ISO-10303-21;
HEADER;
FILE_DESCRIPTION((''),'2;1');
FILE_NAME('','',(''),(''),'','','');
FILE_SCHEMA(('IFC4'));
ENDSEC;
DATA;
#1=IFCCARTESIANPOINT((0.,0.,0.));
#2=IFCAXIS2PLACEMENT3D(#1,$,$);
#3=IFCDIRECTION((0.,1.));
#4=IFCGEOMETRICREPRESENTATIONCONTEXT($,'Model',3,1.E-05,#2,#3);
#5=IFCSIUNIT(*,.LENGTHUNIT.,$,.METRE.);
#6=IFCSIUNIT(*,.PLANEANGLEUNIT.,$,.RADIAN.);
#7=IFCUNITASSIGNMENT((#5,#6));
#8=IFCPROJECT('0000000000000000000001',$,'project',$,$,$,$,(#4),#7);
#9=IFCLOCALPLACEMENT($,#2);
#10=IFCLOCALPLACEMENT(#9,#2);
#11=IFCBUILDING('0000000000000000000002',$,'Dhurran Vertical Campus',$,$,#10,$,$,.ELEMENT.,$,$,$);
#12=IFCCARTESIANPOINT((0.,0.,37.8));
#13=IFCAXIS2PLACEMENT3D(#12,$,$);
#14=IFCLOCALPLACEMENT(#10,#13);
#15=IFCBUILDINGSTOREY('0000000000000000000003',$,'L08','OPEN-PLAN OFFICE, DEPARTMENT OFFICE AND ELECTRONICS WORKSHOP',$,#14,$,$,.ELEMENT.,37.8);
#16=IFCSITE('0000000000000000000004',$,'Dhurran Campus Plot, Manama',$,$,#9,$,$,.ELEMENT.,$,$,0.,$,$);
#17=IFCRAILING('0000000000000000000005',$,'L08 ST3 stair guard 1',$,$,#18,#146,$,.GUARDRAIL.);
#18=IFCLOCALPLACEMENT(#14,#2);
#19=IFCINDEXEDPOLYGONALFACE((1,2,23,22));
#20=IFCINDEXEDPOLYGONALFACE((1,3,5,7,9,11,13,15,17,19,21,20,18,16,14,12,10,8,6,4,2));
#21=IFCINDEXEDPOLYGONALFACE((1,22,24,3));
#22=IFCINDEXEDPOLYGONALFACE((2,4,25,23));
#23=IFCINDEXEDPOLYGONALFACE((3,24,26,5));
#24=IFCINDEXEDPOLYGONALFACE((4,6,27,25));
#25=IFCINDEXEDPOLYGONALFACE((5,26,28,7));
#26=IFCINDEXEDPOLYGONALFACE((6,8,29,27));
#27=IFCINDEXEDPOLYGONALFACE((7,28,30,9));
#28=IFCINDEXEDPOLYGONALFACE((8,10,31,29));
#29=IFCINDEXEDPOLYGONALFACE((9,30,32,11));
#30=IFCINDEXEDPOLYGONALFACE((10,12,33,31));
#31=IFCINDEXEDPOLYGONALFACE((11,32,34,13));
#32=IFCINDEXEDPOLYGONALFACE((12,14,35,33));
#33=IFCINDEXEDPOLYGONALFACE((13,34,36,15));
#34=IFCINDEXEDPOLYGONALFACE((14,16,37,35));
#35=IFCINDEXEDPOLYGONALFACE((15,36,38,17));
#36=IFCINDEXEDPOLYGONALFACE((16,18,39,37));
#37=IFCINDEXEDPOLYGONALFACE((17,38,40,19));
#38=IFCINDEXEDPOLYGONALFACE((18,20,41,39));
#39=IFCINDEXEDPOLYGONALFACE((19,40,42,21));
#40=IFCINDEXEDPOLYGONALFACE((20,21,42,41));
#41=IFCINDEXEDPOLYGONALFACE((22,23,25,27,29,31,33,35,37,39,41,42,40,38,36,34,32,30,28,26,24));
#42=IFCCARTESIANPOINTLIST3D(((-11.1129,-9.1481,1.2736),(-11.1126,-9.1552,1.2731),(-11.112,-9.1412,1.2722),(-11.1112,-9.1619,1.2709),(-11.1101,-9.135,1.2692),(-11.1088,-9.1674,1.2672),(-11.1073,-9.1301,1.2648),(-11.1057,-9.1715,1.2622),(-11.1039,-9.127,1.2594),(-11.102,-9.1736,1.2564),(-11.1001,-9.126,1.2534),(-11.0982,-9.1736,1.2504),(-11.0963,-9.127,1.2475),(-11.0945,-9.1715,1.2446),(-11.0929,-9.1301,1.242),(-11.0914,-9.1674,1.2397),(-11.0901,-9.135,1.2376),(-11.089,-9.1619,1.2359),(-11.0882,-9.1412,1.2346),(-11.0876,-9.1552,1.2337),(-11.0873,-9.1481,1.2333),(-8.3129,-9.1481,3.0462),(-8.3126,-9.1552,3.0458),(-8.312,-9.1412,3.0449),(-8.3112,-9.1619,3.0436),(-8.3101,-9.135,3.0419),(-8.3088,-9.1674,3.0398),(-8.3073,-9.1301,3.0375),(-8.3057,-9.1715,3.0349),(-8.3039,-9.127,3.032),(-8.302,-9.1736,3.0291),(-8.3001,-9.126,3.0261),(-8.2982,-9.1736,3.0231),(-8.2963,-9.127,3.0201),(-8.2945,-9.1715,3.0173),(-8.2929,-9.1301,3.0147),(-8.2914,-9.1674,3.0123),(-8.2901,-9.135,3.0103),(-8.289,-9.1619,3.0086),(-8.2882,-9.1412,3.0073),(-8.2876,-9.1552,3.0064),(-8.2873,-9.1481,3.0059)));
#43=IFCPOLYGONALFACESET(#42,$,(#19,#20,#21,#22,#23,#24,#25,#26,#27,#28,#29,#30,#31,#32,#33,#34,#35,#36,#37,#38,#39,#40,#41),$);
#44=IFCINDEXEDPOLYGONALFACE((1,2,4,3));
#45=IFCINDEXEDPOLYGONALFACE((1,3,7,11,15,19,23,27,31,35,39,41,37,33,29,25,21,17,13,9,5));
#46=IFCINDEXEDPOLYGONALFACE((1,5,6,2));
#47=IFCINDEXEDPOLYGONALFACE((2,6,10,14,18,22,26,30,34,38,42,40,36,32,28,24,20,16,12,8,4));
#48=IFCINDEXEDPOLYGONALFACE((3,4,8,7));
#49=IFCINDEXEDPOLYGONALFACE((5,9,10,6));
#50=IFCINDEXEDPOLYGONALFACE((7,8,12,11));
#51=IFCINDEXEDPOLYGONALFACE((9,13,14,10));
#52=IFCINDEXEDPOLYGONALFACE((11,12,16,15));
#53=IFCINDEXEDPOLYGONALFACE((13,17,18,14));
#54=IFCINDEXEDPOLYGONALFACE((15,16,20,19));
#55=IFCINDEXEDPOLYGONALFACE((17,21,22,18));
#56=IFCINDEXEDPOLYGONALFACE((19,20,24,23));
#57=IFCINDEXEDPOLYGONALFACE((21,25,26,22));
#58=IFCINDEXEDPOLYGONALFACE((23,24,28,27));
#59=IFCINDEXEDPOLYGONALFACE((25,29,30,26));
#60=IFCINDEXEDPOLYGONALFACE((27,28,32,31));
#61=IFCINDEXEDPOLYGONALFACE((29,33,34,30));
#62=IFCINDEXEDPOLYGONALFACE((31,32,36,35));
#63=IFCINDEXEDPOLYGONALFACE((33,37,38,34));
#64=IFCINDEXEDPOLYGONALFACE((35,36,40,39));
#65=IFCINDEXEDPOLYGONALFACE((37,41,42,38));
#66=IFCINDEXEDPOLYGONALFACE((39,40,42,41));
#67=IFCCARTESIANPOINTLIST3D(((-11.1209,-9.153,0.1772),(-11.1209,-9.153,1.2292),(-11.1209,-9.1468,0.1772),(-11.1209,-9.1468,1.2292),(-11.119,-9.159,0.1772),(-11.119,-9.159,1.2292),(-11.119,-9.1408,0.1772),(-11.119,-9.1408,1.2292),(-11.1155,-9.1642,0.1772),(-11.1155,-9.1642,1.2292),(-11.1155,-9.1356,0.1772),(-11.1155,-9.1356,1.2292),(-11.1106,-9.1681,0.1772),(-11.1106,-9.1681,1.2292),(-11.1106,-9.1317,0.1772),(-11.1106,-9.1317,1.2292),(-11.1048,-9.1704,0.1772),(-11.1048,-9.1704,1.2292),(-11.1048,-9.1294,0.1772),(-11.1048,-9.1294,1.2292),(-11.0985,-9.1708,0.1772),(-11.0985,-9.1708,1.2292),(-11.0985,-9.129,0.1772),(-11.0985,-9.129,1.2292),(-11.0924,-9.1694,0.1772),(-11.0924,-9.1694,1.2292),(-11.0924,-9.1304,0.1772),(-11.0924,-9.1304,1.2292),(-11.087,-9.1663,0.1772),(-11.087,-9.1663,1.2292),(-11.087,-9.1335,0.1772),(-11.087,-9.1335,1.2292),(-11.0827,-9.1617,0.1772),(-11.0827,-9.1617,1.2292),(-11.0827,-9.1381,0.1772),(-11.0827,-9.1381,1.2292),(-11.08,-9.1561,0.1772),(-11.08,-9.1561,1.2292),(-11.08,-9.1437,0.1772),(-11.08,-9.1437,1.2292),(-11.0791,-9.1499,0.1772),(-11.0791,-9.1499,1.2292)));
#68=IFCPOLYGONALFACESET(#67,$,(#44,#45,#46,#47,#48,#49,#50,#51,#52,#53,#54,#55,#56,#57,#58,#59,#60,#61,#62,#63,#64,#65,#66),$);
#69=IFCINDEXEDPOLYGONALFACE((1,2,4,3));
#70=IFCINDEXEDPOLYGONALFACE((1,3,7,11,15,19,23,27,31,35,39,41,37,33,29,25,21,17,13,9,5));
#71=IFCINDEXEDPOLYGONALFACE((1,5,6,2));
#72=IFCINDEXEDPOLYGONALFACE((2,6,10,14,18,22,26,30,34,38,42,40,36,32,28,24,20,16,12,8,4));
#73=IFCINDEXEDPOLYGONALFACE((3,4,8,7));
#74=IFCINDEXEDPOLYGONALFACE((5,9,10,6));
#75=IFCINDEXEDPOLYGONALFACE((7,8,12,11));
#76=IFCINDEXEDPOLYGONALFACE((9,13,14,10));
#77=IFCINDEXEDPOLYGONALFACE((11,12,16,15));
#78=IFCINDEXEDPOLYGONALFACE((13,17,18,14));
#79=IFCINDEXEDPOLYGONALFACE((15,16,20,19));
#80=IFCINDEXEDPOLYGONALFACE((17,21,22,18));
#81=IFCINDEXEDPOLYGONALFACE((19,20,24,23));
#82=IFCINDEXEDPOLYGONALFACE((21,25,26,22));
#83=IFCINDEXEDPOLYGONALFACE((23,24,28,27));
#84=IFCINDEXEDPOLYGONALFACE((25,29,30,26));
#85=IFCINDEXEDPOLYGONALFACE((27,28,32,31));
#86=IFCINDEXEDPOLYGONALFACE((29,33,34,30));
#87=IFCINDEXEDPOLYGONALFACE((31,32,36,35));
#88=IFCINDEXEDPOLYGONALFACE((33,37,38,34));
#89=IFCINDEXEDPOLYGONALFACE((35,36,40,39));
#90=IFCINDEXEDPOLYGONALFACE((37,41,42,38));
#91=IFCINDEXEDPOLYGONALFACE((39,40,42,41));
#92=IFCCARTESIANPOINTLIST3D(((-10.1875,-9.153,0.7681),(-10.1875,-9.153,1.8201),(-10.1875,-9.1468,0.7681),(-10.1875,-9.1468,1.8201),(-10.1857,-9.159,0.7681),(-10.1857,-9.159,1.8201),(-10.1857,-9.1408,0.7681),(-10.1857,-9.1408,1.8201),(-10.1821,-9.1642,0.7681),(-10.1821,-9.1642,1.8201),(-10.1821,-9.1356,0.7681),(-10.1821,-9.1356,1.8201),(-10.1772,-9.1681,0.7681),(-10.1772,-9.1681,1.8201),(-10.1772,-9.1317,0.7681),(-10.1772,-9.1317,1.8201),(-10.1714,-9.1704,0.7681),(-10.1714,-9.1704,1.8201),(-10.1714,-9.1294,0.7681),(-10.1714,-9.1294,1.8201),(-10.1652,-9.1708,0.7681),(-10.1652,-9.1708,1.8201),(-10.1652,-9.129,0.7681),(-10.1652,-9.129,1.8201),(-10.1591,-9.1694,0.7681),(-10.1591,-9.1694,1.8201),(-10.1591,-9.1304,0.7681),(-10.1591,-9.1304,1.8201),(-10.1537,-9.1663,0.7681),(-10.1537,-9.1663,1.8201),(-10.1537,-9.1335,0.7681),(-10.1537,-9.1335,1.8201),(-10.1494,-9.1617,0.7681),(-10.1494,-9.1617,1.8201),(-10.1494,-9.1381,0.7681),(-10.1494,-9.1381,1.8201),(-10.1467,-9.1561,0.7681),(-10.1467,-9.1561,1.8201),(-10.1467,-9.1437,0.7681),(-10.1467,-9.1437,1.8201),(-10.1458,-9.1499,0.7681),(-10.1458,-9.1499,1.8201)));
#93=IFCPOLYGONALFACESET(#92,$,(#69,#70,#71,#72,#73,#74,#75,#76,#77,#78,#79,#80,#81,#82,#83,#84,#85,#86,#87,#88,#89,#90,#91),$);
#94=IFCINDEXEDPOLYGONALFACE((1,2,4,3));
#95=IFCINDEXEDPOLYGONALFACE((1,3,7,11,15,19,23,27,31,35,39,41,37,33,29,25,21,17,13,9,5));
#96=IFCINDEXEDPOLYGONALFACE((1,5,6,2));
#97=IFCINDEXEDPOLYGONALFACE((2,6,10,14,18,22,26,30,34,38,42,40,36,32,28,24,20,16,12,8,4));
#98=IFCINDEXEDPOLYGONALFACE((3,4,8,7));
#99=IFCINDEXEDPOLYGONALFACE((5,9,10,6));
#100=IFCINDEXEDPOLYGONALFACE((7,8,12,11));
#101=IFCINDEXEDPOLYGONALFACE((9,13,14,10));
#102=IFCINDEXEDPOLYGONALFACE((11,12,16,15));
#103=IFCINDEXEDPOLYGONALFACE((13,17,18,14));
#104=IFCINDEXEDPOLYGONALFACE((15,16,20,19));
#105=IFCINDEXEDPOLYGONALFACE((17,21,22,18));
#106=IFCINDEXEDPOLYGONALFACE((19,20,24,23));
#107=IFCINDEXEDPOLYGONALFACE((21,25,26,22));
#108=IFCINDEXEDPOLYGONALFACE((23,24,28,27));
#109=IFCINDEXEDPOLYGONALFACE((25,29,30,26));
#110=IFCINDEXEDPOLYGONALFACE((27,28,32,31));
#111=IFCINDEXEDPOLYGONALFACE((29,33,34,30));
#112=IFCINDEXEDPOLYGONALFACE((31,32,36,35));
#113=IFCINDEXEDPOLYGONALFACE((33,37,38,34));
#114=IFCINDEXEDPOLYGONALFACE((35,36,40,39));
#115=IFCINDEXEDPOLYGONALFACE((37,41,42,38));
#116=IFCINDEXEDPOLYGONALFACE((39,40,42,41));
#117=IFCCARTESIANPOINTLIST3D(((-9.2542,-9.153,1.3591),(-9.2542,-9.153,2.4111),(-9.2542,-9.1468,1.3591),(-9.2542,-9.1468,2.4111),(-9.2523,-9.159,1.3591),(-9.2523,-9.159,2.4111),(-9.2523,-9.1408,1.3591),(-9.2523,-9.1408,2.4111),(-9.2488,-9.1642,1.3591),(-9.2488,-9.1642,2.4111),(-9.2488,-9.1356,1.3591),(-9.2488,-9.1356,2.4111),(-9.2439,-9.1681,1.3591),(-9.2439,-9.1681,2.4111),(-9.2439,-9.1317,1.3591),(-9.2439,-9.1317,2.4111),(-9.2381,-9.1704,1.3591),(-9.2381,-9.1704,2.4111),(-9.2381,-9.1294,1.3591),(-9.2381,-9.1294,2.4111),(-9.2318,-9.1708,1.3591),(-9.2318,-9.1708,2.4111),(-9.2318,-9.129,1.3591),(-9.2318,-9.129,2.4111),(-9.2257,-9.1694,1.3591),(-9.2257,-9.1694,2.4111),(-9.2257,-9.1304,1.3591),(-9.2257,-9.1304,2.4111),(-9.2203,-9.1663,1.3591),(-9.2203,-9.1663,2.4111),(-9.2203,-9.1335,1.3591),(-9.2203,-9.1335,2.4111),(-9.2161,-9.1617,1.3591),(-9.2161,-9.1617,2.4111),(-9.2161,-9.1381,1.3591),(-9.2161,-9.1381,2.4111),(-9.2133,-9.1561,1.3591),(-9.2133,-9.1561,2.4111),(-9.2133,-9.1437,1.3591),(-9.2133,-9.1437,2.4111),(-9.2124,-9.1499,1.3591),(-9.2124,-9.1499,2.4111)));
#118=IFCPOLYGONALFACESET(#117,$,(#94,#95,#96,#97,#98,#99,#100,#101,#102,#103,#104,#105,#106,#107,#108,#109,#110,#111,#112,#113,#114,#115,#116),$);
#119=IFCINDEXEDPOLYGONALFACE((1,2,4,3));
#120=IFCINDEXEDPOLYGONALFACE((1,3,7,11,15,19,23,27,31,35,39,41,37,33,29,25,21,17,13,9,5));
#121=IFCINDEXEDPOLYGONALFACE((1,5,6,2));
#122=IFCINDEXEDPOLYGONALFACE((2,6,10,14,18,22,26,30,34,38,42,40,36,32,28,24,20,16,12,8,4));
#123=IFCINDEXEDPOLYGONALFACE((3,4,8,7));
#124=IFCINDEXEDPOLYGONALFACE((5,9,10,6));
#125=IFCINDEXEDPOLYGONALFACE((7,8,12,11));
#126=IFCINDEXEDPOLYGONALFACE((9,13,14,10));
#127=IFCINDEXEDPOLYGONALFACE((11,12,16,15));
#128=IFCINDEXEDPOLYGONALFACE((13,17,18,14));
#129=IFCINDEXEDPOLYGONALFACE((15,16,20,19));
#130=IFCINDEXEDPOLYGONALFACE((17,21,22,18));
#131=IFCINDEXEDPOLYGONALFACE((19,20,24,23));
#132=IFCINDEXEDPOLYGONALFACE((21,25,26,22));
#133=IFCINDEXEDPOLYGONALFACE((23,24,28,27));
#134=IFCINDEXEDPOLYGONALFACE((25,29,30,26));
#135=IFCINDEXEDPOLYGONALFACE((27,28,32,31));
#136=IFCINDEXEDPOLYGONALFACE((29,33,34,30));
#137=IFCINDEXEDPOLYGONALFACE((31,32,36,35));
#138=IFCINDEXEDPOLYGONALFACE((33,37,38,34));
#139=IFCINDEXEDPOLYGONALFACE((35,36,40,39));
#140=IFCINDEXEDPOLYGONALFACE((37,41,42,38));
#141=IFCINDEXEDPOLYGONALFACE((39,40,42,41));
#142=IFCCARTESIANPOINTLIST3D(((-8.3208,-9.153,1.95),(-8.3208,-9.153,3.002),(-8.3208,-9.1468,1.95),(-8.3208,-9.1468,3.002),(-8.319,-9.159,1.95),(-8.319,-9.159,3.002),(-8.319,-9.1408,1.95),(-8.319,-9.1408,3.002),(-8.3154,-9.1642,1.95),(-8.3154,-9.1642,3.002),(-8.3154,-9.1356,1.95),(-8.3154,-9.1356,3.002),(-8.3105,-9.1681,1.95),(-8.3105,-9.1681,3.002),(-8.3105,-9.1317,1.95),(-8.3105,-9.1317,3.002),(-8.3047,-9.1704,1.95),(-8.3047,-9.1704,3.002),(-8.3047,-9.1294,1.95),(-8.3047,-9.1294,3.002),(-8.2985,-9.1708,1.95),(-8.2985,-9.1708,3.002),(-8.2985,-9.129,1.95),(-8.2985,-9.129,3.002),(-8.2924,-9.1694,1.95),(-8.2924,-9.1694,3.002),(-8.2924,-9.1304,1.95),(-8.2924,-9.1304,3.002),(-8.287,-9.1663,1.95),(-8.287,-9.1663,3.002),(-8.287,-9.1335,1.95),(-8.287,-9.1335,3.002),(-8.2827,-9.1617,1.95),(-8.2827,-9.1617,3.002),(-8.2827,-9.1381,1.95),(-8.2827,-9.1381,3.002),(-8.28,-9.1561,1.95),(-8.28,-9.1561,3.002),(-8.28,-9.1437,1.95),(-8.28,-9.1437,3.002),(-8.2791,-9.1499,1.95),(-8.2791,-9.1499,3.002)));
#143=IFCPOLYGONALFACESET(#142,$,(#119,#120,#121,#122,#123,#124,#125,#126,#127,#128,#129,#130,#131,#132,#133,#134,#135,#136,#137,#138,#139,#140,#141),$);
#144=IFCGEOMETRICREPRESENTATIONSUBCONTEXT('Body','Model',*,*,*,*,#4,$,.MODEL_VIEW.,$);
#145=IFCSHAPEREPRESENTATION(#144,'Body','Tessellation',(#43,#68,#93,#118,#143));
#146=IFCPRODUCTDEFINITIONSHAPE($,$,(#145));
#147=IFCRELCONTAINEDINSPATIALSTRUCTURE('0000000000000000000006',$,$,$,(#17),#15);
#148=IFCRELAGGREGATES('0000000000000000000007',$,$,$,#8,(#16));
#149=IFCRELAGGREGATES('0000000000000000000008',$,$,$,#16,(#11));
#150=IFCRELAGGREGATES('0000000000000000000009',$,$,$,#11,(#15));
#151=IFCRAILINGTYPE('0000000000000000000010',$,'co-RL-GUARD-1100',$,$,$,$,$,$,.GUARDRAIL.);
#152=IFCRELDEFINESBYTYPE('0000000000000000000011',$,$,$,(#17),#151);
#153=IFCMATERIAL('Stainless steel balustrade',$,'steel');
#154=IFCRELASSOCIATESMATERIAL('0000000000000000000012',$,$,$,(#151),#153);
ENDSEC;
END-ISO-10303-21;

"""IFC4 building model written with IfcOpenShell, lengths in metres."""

from ifc_helpers import new_model, si_unit, direction, frame, origin, origin_2d, place, context, subcontext, project, spatial, circle, extrude, material, type_object, element, save


model = new_model("IFC4")

# Units and contexts
model_context = context("Model", 3, precision=1e-05, world=origin(), true_north=direction((0.0, 1.0)))
body_context = subcontext(model_context, "Body", "Model", "MODEL_VIEW")
ifc_project = project(units=[si_unit("LENGTHUNIT", "METRE"), si_unit("PLANEANGLEUNIT", "RADIAN")], contexts=[model_context])

# Site, building, storey
site_placement = place(None, origin())
site = spatial("IfcSite", under=ifc_project, at=site_placement, Name="Dhurran Campus Plot, Manama", CompositionType="ELEMENT", RefElevation=0.0)
building_placement = place(site_placement, origin())
building = spatial("IfcBuilding", under=site, at=building_placement, Name="Dhurran Vertical Campus", CompositionType="ELEMENT")
storey_placement = place(building_placement, frame((0.0, 0.0, 37.8)))
storey = spatial("IfcBuildingStorey", under=building, at=storey_placement, Name="L08", Description="OPEN-PLAN OFFICE, DEPARTMENT OFFICE AND ELECTRONICS WORKSHOP", CompositionType="ELEMENT", Elevation=37.8)

# Railing
ifc_material_1 = material(Name="Stainless steel balustrade", Category="steel")
railing_type_1 = type_object("IfcRailingType", Name="co-RL-GUARD-1100", PredefinedType="GUARDRAIL", material=ifc_material_1)
railing_1_placement = place(storey_placement, frame((-11.1001, -9.1499, 0.1772)))
element("IfcRailing", 1, at=railing_1_placement, inside=storey, type_object=railing_type_1, Name="L08 ST3 stair guard 1", PredefinedType="GUARDRAIL", context=body_context, shape_type="SweptSolid", body=[
    extrude(circle(Radius=0.0239, at=origin_2d()), frame((0.0, 0.0, 1.0762), z_axis=(0.844909, 0.0, 0.53491), x_axis=(0.0, 1.0, 0.0)), (0.0, 0.0, 1.0), 3.314),
    extrude(circle(Radius=0.021, at=origin_2d()), origin(), (0.0, 0.0, 1.0), 1.052),
    extrude(circle(Radius=0.021, at=origin_2d()), frame((0.9333, 0.0, 0.5908)), (0.0, 0.0, 1.0), 1.052),
    extrude(circle(Radius=0.021, at=origin_2d()), frame((1.8667, 0.0, 1.1819)), (0.0, 0.0, 1.0), 1.052),
    extrude(circle(Radius=0.021, at=origin_2d()), frame((2.8, 0.0, 1.7727)), (0.0, 0.0, 1.0), 1.052),
])

save(model, "model.ifc")
